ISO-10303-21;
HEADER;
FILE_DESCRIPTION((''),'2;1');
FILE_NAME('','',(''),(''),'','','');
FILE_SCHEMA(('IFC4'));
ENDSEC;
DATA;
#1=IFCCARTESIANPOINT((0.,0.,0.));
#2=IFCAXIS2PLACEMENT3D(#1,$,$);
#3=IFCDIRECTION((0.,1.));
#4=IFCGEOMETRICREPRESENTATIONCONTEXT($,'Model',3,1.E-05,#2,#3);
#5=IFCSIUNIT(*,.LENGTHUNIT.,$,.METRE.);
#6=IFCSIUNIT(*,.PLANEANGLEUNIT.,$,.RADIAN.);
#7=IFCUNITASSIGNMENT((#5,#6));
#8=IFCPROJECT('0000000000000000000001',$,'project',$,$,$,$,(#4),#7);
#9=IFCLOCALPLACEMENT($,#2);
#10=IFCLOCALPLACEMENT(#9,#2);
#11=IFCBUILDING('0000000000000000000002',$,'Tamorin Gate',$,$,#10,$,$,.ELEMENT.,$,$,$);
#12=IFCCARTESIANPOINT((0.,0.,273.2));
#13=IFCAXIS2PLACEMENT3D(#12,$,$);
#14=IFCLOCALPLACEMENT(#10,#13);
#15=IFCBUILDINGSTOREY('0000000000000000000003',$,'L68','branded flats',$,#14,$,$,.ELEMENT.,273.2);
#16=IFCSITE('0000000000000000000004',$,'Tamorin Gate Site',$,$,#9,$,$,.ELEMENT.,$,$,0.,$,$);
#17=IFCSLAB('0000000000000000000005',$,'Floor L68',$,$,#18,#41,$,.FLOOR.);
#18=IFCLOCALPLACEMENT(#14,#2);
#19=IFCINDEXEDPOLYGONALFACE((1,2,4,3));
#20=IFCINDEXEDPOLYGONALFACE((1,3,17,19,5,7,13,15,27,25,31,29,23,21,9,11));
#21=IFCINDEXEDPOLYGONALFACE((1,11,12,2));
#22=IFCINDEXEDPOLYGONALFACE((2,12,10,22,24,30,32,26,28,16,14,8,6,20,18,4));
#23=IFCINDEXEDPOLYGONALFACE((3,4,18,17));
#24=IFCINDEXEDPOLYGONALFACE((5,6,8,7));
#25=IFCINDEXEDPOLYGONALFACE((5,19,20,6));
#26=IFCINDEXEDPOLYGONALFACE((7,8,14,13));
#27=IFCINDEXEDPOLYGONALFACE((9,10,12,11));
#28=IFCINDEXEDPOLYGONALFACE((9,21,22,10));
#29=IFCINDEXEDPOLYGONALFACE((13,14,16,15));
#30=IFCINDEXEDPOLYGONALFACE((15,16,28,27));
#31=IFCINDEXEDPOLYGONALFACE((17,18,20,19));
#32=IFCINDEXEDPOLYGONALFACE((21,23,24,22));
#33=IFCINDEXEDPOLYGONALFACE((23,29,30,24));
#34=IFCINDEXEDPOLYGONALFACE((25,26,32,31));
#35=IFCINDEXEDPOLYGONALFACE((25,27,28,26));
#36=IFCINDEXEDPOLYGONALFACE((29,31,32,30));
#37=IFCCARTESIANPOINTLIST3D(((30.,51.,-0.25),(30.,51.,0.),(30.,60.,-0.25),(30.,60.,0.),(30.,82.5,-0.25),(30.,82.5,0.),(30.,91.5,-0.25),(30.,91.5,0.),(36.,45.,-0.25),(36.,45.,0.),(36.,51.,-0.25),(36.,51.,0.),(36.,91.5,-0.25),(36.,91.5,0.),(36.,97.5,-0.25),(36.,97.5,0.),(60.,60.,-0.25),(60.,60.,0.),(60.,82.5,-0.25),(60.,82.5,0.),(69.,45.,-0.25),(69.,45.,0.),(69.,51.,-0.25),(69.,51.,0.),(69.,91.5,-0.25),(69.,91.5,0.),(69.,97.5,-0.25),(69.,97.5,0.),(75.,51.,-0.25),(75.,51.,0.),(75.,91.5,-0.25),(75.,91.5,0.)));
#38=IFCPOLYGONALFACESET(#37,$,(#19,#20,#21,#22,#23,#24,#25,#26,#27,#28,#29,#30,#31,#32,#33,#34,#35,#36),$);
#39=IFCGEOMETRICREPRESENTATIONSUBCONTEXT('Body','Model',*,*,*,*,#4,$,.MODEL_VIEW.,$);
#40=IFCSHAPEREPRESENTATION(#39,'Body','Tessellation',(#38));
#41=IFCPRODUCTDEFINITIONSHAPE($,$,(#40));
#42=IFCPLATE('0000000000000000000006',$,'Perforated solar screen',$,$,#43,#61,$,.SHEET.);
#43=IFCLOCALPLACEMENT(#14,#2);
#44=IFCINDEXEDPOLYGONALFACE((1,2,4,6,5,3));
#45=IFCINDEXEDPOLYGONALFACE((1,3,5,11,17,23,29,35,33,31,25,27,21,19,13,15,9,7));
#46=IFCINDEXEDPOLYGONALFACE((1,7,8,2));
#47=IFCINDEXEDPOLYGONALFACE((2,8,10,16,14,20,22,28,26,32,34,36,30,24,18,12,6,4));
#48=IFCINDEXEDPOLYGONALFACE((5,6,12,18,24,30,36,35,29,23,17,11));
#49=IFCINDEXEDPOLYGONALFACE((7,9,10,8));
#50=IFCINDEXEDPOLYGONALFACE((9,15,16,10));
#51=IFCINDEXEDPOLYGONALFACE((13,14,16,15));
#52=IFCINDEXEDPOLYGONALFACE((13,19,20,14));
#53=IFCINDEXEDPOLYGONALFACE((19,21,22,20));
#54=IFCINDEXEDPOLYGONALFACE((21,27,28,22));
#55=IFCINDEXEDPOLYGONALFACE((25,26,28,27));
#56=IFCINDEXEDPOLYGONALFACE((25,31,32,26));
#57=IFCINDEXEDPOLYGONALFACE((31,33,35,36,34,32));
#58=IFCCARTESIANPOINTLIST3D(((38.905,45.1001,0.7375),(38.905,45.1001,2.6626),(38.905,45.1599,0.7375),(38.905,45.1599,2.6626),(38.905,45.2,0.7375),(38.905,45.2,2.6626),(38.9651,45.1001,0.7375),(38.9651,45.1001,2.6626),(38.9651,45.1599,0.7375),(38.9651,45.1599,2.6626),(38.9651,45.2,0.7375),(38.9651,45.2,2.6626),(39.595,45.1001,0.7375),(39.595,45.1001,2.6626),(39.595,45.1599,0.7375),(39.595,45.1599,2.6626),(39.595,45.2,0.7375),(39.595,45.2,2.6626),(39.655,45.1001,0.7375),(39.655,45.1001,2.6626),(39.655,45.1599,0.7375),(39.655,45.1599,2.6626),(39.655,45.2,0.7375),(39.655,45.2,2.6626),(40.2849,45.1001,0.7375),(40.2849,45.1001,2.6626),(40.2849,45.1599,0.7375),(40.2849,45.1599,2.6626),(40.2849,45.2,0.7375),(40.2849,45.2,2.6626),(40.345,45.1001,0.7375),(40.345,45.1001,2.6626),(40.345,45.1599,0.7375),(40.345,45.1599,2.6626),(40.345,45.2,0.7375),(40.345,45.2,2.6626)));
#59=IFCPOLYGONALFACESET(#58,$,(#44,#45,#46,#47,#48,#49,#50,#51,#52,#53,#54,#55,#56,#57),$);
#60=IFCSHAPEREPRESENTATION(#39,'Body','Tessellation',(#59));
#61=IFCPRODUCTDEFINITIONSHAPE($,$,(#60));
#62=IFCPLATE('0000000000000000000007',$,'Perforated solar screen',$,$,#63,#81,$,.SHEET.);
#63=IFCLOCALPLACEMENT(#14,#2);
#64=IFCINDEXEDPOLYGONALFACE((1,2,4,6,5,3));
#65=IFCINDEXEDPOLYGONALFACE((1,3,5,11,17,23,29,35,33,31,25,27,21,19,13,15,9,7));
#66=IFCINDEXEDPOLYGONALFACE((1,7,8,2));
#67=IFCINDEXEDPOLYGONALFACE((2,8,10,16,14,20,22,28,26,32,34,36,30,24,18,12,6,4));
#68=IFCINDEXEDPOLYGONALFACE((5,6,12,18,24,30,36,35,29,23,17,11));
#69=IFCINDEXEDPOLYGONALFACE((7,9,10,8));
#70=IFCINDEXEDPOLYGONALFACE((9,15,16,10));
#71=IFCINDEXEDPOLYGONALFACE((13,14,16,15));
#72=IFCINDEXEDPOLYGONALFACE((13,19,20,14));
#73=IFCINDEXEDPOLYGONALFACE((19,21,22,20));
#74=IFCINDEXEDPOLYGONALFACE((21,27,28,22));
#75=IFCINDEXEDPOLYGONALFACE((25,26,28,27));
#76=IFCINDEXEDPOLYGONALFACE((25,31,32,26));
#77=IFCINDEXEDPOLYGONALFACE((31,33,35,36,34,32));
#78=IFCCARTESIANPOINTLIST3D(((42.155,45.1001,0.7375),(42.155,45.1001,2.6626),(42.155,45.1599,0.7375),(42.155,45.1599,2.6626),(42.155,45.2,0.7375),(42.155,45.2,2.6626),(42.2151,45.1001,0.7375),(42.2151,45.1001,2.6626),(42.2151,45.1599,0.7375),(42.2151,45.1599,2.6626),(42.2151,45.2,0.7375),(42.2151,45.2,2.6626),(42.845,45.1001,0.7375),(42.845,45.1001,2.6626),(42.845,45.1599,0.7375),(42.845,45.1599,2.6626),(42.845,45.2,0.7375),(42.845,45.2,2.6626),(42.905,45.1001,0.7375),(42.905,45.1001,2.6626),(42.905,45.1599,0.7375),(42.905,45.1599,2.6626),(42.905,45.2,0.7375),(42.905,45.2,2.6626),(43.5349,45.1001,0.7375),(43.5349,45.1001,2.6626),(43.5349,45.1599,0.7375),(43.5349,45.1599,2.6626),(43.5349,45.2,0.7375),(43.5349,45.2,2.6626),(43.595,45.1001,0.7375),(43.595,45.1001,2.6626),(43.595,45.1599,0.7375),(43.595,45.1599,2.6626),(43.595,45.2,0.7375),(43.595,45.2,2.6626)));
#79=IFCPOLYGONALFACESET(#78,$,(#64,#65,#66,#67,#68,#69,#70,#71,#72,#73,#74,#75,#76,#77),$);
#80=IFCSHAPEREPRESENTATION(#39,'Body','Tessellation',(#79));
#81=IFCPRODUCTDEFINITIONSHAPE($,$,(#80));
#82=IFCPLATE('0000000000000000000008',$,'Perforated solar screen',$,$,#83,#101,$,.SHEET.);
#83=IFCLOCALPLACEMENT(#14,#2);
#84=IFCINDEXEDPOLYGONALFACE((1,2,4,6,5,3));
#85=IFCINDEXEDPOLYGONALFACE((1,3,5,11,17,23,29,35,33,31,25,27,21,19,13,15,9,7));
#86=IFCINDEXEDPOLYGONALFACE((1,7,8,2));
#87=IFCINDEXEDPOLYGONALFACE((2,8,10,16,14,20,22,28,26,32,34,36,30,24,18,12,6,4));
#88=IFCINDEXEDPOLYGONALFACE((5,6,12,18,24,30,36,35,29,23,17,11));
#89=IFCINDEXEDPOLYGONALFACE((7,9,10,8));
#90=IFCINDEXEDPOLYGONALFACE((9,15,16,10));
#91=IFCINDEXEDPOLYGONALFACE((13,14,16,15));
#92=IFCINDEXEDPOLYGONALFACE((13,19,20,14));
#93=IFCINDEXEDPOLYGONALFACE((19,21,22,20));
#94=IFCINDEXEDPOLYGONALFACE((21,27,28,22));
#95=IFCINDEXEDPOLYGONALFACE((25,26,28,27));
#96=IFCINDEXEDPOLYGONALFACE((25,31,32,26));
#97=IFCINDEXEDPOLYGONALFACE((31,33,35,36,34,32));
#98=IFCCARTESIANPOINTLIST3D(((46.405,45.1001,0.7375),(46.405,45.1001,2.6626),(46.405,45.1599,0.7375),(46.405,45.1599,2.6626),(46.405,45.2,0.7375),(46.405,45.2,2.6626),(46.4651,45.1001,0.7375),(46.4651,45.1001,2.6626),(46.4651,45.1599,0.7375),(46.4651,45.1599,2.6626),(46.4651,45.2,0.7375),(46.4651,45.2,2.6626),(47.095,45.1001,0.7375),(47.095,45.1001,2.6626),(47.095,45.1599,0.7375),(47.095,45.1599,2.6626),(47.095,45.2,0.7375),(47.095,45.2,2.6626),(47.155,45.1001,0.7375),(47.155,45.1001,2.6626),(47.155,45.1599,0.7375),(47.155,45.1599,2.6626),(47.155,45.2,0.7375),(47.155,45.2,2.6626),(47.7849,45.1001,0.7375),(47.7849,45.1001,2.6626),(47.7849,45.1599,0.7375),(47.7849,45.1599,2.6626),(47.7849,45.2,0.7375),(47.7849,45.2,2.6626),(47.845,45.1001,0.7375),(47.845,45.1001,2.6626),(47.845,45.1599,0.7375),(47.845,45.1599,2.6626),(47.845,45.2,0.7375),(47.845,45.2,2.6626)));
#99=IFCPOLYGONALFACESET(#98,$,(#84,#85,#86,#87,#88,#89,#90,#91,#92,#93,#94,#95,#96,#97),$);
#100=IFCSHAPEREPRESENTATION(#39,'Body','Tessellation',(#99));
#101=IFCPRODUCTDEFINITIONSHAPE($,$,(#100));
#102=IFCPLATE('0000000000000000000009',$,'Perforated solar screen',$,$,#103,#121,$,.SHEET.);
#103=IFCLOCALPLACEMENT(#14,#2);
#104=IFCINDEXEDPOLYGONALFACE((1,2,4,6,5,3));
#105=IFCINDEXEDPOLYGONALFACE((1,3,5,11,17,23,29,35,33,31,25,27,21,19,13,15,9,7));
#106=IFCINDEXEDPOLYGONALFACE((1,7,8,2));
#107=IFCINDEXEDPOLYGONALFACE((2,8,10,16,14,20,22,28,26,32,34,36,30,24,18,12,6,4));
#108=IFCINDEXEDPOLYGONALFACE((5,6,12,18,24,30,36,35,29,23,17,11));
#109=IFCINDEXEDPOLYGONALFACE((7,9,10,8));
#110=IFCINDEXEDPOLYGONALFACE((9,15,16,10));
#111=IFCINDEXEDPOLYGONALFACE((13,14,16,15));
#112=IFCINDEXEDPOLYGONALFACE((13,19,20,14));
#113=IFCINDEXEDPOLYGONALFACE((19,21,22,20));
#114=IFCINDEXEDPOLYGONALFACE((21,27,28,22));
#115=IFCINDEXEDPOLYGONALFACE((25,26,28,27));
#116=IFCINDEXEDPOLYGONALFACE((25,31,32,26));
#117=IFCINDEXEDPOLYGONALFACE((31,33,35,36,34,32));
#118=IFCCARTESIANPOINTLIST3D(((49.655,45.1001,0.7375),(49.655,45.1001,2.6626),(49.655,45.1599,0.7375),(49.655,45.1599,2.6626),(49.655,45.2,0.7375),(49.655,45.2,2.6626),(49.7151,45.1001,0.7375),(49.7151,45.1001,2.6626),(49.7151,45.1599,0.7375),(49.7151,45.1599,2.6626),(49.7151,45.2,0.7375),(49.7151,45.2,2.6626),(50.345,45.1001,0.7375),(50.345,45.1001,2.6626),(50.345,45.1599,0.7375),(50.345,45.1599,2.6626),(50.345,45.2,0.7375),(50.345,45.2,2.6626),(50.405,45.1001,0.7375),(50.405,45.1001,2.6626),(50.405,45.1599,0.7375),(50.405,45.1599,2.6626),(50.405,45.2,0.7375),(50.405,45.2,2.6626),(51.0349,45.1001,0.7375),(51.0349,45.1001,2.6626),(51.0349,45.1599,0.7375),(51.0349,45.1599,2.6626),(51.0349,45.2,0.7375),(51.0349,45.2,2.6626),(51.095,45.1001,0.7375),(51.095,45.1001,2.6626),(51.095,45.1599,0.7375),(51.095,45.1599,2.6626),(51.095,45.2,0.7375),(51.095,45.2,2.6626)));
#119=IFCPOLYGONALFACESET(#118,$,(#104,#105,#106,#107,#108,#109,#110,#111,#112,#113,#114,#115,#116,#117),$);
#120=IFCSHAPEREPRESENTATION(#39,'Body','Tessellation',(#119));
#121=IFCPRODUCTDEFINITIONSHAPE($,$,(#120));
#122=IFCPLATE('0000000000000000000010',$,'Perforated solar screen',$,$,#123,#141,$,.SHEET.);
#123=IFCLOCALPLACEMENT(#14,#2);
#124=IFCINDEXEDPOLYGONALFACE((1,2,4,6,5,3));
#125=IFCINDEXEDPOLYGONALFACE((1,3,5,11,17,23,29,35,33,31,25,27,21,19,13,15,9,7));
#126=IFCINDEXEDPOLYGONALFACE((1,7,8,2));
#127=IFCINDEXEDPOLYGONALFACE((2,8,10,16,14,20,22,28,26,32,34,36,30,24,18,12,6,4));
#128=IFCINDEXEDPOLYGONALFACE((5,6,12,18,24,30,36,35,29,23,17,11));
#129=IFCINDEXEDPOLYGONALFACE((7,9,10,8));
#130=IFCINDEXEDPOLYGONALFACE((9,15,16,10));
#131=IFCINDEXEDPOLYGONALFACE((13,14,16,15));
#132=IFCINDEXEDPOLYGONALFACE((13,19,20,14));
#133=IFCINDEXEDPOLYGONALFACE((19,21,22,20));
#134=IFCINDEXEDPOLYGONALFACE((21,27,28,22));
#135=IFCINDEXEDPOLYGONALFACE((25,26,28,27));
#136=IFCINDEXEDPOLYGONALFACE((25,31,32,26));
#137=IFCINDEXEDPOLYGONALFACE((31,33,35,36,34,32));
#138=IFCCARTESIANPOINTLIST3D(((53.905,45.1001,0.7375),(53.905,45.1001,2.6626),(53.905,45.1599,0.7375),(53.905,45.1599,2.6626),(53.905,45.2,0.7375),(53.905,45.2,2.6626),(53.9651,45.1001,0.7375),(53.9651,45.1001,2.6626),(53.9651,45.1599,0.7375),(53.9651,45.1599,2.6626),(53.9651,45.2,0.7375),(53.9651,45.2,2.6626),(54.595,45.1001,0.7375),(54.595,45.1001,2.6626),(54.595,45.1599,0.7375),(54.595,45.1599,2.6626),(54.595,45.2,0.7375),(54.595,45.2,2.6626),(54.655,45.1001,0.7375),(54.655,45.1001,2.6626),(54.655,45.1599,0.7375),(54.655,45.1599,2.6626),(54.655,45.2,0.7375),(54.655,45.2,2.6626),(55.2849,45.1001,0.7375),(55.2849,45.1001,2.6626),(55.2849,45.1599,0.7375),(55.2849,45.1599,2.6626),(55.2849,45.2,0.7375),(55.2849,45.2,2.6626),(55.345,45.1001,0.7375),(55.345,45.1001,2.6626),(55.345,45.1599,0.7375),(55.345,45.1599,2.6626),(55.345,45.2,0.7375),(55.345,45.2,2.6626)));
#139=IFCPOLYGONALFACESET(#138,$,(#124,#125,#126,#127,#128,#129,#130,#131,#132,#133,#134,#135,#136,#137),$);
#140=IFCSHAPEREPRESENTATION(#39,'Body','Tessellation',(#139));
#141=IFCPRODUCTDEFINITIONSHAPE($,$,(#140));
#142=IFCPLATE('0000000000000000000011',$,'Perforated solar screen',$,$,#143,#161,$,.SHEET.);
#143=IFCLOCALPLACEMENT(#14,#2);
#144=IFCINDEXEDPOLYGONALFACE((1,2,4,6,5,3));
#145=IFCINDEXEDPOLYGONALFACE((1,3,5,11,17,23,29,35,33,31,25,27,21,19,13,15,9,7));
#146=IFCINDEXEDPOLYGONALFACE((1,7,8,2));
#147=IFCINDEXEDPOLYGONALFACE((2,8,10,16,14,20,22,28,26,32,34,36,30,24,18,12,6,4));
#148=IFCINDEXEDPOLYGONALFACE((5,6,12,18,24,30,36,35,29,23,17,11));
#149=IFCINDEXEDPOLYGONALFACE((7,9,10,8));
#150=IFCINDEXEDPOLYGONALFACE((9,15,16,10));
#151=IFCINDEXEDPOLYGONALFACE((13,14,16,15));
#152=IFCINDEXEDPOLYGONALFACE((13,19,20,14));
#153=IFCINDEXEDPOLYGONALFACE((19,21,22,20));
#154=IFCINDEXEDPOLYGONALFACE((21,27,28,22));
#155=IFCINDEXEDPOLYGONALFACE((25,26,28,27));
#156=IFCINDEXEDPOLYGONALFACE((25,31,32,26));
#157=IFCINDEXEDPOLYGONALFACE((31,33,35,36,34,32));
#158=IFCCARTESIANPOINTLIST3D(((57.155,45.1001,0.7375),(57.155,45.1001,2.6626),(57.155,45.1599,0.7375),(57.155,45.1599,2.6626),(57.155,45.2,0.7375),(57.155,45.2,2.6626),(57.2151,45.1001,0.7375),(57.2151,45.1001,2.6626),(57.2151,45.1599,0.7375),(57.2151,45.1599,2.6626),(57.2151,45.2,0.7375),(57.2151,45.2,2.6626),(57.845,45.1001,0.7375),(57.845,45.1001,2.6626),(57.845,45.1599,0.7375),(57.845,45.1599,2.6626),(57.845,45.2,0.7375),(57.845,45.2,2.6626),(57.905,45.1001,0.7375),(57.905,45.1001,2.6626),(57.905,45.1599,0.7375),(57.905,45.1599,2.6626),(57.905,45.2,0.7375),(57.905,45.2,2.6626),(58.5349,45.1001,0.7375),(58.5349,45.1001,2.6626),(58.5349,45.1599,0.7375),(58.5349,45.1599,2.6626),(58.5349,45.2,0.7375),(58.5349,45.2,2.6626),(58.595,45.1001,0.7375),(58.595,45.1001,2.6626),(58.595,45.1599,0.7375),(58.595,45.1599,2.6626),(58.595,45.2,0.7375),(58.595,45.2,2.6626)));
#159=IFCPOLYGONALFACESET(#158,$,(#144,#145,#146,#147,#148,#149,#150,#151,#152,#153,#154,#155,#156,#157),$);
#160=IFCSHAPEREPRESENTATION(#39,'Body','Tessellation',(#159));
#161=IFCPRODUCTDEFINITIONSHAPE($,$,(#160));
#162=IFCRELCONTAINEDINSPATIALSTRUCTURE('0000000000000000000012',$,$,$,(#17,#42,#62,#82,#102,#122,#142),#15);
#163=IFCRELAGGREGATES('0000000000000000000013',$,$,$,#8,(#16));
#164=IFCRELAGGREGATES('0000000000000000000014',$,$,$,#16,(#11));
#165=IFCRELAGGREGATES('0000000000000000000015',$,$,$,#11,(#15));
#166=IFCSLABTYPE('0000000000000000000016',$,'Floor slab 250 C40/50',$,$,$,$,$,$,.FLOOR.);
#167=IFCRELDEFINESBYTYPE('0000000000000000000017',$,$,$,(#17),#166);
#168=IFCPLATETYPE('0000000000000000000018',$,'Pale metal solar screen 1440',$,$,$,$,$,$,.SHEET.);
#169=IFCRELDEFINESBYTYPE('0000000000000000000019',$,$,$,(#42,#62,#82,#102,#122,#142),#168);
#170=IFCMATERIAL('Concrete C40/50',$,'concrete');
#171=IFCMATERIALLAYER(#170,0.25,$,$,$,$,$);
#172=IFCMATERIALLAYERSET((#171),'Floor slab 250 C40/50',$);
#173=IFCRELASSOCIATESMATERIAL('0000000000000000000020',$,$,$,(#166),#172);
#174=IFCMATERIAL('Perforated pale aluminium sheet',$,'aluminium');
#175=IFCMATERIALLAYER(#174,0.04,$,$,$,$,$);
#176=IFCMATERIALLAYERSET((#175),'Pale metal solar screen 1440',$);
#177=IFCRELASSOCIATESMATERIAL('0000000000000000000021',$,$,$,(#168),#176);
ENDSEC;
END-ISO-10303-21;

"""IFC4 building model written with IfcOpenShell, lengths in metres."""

from ifc_helpers import new_model, si_unit, direction, frame, origin, place, context, subcontext, project, spatial, polyline, outline, extrude, material, layer, layer_set, type_object, element, save


model = new_model("IFC4")

# Units and contexts
model_context = context("Model", 3, precision=1e-05, world=origin(), true_north=direction((0.0, 1.0)))
body_context = subcontext(model_context, "Body", "Model", "MODEL_VIEW")
ifc_project = project(units=[si_unit("LENGTHUNIT", "METRE"), si_unit("PLANEANGLEUNIT", "RADIAN")], contexts=[model_context])

# Site, building, storey
site_placement = place(None, origin())
site = spatial("IfcSite", under=ifc_project, at=site_placement, Name="Tamorin Gate Site", CompositionType="ELEMENT", RefElevation=0.0)
building_placement = place(site_placement, origin())
building = spatial("IfcBuilding", under=site, at=building_placement, Name="Tamorin Gate", CompositionType="ELEMENT")
storey_placement = place(building_placement, frame((0.0, 0.0, 273.2)))
storey = spatial("IfcBuildingStorey", under=building, at=storey_placement, Name="L68", Description="branded flats", CompositionType="ELEMENT", Elevation=273.2)

# Slab
ifc_material_1 = material(Name="Concrete C40/50", Category="concrete")
ifc_layer_1 = layer(ifc_material_1, 0.25)
ifc_layer_set_1 = layer_set([ifc_layer_1], Name="Floor slab 250 C40/50")
slab_type = type_object("IfcSlabType", Name="Floor slab 250 C40/50", PredefinedType="FLOOR", material=ifc_layer_set_1)
slab_placement = place(storey_placement, frame((0.0, 0.0, -0.25)))
element("IfcSlab", 1, at=slab_placement, inside=storey, type_object=slab_type, Name="Floor L68", PredefinedType="FLOOR", context=body_context, shape_type="SweptSolid", body=[
    extrude(outline(polyline([(30.0, 91.5), (36.0, 91.5), (36.0, 97.5), (69.0, 97.5), (69.0, 91.5), (75.0, 91.5), (75.0, 51.0), (69.0, 51.0), (69.0, 45.0), (36.0, 45.0), (36.0, 51.0), (30.0, 51.0), (30.0, 60.0), (60.0, 60.0), (60.0, 82.5), (30.0, 82.5), (30.0, 91.5)])), origin(), (0.0, 0.0, 1.0), 0.25),
])

# Plates
ifc_material_2 = material(Name="Perforated pale aluminium sheet", Category="aluminium")
ifc_layer_2 = layer(ifc_material_2, 0.04)
ifc_layer_set_2 = layer_set([ifc_layer_2], Name="Pale metal solar screen 1440")
plate_type = type_object("IfcPlateType", Name="Pale metal solar screen 1440", PredefinedType="SHEET", material=ifc_layer_set_2)
plate_1_placement = place(storey_placement, frame((0.0, 0.0, 0.7375)))
element("IfcPlate", 2, at=plate_1_placement, inside=storey, type_object=plate_type, Name="Perforated solar screen", PredefinedType="SHEET", context=body_context, shape_type="SweptSolid", body=[
    extrude(outline(polyline([(38.905, 45.1599), (38.905, 45.2), (38.9651, 45.2), (39.595, 45.2), (39.655, 45.2), (40.2849, 45.2), (40.345, 45.2), (40.345, 45.2), (40.345, 45.1599), (40.345, 45.1599), (40.345, 45.1001), (40.2849, 45.1001), (40.2849, 45.1599), (39.655, 45.1599), (39.655, 45.1001), (39.595, 45.1001), (39.595, 45.1599), (38.9651, 45.1599), (38.9651, 45.1001), (38.905, 45.1001), (38.905, 45.1599)])), origin(), (0.0, 0.0, 1.0), 1.925),
])
plate_2_placement = place(storey_placement, frame((0.0, 0.0, 0.7375)))
element("IfcPlate", 3, at=plate_2_placement, inside=storey, type_object=plate_type, Name="Perforated solar screen", PredefinedType="SHEET", context=body_context, shape_type="SweptSolid", body=[
    extrude(outline(polyline([(42.155, 45.1599), (42.155, 45.2), (42.2151, 45.2), (42.845, 45.2), (42.905, 45.2), (43.5349, 45.2), (43.595, 45.2), (43.595, 45.2), (43.595, 45.1599), (43.595, 45.1599), (43.595, 45.1001), (43.5349, 45.1001), (43.5349, 45.1599), (42.905, 45.1599), (42.905, 45.1001), (42.845, 45.1001), (42.845, 45.1599), (42.2151, 45.1599), (42.2151, 45.1001), (42.155, 45.1001), (42.155, 45.1599)])), origin(), (0.0, 0.0, 1.0), 1.925),
])
plate_3_placement = place(storey_placement, frame((0.0, 0.0, 0.7375)))
element("IfcPlate", 4, at=plate_3_placement, inside=storey, type_object=plate_type, Name="Perforated solar screen", PredefinedType="SHEET", context=body_context, shape_type="SweptSolid", body=[
    extrude(outline(polyline([(46.405, 45.1599), (46.405, 45.2), (46.4651, 45.2), (47.095, 45.2), (47.155, 45.2), (47.7849, 45.2), (47.845, 45.2), (47.845, 45.1599), (47.845, 45.1001), (47.7849, 45.1001), (47.7849, 45.1599), (47.155, 45.1599), (47.155, 45.1001), (47.095, 45.1001), (47.095, 45.1599), (46.4651, 45.1599), (46.4651, 45.1001), (46.405, 45.1001), (46.405, 45.1599)])), origin(), (0.0, 0.0, 1.0), 1.925),
])
plate_4_placement = place(storey_placement, frame((0.0, 0.0, 0.7375)))
element("IfcPlate", 5, at=plate_4_placement, inside=storey, type_object=plate_type, Name="Perforated solar screen", PredefinedType="SHEET", context=body_context, shape_type="SweptSolid", body=[
    extrude(outline(polyline([(49.655, 45.1599), (49.655, 45.2), (49.7151, 45.2), (50.345, 45.2), (50.405, 45.2), (51.0349, 45.2), (51.095, 45.2), (51.095, 45.1599), (51.095, 45.1001), (51.0349, 45.1001), (51.0349, 45.1599), (50.405, 45.1599), (50.405, 45.1001), (50.345, 45.1001), (50.345, 45.1599), (49.7151, 45.1599), (49.7151, 45.1001), (49.655, 45.1001), (49.655, 45.1599)])), origin(), (0.0, 0.0, 1.0), 1.925),
])
plate_5_placement = place(storey_placement, frame((0.0, 0.0, 0.7375)))
element("IfcPlate", 6, at=plate_5_placement, inside=storey, type_object=plate_type, Name="Perforated solar screen", PredefinedType="SHEET", context=body_context, shape_type="SweptSolid", body=[
    extrude(outline(polyline([(53.905, 45.1599), (53.905, 45.2), (53.9651, 45.2), (54.595, 45.2), (54.655, 45.2), (55.2849, 45.2), (55.345, 45.2), (55.345, 45.1599), (55.345, 45.1001), (55.2849, 45.1001), (55.2849, 45.1599), (54.655, 45.1599), (54.655, 45.1001), (54.595, 45.1001), (54.595, 45.1599), (53.9651, 45.1599), (53.9651, 45.1001), (53.905, 45.1001), (53.905, 45.1599)])), origin(), (0.0, 0.0, 1.0), 1.925),
])
plate_6_placement = place(storey_placement, frame((0.0, 0.0, 0.7375)))
element("IfcPlate", 7, at=plate_6_placement, inside=storey, type_object=plate_type, Name="Perforated solar screen", PredefinedType="SHEET", context=body_context, shape_type="SweptSolid", body=[
    extrude(outline(polyline([(57.155, 45.1599), (57.155, 45.2), (57.2151, 45.2), (57.845, 45.2), (57.905, 45.2), (58.5349, 45.2), (58.595, 45.2), (58.595, 45.1599), (58.595, 45.1001), (58.5349, 45.1001), (58.5349, 45.1599), (57.905, 45.1599), (57.905, 45.1001), (57.845, 45.1001), (57.845, 45.1599), (57.2151, 45.1599), (57.2151, 45.1001), (57.155, 45.1001), (57.155, 45.1599)])), origin(), (0.0, 0.0, 1.0), 1.925),
])

save(model, "model.ifc")
